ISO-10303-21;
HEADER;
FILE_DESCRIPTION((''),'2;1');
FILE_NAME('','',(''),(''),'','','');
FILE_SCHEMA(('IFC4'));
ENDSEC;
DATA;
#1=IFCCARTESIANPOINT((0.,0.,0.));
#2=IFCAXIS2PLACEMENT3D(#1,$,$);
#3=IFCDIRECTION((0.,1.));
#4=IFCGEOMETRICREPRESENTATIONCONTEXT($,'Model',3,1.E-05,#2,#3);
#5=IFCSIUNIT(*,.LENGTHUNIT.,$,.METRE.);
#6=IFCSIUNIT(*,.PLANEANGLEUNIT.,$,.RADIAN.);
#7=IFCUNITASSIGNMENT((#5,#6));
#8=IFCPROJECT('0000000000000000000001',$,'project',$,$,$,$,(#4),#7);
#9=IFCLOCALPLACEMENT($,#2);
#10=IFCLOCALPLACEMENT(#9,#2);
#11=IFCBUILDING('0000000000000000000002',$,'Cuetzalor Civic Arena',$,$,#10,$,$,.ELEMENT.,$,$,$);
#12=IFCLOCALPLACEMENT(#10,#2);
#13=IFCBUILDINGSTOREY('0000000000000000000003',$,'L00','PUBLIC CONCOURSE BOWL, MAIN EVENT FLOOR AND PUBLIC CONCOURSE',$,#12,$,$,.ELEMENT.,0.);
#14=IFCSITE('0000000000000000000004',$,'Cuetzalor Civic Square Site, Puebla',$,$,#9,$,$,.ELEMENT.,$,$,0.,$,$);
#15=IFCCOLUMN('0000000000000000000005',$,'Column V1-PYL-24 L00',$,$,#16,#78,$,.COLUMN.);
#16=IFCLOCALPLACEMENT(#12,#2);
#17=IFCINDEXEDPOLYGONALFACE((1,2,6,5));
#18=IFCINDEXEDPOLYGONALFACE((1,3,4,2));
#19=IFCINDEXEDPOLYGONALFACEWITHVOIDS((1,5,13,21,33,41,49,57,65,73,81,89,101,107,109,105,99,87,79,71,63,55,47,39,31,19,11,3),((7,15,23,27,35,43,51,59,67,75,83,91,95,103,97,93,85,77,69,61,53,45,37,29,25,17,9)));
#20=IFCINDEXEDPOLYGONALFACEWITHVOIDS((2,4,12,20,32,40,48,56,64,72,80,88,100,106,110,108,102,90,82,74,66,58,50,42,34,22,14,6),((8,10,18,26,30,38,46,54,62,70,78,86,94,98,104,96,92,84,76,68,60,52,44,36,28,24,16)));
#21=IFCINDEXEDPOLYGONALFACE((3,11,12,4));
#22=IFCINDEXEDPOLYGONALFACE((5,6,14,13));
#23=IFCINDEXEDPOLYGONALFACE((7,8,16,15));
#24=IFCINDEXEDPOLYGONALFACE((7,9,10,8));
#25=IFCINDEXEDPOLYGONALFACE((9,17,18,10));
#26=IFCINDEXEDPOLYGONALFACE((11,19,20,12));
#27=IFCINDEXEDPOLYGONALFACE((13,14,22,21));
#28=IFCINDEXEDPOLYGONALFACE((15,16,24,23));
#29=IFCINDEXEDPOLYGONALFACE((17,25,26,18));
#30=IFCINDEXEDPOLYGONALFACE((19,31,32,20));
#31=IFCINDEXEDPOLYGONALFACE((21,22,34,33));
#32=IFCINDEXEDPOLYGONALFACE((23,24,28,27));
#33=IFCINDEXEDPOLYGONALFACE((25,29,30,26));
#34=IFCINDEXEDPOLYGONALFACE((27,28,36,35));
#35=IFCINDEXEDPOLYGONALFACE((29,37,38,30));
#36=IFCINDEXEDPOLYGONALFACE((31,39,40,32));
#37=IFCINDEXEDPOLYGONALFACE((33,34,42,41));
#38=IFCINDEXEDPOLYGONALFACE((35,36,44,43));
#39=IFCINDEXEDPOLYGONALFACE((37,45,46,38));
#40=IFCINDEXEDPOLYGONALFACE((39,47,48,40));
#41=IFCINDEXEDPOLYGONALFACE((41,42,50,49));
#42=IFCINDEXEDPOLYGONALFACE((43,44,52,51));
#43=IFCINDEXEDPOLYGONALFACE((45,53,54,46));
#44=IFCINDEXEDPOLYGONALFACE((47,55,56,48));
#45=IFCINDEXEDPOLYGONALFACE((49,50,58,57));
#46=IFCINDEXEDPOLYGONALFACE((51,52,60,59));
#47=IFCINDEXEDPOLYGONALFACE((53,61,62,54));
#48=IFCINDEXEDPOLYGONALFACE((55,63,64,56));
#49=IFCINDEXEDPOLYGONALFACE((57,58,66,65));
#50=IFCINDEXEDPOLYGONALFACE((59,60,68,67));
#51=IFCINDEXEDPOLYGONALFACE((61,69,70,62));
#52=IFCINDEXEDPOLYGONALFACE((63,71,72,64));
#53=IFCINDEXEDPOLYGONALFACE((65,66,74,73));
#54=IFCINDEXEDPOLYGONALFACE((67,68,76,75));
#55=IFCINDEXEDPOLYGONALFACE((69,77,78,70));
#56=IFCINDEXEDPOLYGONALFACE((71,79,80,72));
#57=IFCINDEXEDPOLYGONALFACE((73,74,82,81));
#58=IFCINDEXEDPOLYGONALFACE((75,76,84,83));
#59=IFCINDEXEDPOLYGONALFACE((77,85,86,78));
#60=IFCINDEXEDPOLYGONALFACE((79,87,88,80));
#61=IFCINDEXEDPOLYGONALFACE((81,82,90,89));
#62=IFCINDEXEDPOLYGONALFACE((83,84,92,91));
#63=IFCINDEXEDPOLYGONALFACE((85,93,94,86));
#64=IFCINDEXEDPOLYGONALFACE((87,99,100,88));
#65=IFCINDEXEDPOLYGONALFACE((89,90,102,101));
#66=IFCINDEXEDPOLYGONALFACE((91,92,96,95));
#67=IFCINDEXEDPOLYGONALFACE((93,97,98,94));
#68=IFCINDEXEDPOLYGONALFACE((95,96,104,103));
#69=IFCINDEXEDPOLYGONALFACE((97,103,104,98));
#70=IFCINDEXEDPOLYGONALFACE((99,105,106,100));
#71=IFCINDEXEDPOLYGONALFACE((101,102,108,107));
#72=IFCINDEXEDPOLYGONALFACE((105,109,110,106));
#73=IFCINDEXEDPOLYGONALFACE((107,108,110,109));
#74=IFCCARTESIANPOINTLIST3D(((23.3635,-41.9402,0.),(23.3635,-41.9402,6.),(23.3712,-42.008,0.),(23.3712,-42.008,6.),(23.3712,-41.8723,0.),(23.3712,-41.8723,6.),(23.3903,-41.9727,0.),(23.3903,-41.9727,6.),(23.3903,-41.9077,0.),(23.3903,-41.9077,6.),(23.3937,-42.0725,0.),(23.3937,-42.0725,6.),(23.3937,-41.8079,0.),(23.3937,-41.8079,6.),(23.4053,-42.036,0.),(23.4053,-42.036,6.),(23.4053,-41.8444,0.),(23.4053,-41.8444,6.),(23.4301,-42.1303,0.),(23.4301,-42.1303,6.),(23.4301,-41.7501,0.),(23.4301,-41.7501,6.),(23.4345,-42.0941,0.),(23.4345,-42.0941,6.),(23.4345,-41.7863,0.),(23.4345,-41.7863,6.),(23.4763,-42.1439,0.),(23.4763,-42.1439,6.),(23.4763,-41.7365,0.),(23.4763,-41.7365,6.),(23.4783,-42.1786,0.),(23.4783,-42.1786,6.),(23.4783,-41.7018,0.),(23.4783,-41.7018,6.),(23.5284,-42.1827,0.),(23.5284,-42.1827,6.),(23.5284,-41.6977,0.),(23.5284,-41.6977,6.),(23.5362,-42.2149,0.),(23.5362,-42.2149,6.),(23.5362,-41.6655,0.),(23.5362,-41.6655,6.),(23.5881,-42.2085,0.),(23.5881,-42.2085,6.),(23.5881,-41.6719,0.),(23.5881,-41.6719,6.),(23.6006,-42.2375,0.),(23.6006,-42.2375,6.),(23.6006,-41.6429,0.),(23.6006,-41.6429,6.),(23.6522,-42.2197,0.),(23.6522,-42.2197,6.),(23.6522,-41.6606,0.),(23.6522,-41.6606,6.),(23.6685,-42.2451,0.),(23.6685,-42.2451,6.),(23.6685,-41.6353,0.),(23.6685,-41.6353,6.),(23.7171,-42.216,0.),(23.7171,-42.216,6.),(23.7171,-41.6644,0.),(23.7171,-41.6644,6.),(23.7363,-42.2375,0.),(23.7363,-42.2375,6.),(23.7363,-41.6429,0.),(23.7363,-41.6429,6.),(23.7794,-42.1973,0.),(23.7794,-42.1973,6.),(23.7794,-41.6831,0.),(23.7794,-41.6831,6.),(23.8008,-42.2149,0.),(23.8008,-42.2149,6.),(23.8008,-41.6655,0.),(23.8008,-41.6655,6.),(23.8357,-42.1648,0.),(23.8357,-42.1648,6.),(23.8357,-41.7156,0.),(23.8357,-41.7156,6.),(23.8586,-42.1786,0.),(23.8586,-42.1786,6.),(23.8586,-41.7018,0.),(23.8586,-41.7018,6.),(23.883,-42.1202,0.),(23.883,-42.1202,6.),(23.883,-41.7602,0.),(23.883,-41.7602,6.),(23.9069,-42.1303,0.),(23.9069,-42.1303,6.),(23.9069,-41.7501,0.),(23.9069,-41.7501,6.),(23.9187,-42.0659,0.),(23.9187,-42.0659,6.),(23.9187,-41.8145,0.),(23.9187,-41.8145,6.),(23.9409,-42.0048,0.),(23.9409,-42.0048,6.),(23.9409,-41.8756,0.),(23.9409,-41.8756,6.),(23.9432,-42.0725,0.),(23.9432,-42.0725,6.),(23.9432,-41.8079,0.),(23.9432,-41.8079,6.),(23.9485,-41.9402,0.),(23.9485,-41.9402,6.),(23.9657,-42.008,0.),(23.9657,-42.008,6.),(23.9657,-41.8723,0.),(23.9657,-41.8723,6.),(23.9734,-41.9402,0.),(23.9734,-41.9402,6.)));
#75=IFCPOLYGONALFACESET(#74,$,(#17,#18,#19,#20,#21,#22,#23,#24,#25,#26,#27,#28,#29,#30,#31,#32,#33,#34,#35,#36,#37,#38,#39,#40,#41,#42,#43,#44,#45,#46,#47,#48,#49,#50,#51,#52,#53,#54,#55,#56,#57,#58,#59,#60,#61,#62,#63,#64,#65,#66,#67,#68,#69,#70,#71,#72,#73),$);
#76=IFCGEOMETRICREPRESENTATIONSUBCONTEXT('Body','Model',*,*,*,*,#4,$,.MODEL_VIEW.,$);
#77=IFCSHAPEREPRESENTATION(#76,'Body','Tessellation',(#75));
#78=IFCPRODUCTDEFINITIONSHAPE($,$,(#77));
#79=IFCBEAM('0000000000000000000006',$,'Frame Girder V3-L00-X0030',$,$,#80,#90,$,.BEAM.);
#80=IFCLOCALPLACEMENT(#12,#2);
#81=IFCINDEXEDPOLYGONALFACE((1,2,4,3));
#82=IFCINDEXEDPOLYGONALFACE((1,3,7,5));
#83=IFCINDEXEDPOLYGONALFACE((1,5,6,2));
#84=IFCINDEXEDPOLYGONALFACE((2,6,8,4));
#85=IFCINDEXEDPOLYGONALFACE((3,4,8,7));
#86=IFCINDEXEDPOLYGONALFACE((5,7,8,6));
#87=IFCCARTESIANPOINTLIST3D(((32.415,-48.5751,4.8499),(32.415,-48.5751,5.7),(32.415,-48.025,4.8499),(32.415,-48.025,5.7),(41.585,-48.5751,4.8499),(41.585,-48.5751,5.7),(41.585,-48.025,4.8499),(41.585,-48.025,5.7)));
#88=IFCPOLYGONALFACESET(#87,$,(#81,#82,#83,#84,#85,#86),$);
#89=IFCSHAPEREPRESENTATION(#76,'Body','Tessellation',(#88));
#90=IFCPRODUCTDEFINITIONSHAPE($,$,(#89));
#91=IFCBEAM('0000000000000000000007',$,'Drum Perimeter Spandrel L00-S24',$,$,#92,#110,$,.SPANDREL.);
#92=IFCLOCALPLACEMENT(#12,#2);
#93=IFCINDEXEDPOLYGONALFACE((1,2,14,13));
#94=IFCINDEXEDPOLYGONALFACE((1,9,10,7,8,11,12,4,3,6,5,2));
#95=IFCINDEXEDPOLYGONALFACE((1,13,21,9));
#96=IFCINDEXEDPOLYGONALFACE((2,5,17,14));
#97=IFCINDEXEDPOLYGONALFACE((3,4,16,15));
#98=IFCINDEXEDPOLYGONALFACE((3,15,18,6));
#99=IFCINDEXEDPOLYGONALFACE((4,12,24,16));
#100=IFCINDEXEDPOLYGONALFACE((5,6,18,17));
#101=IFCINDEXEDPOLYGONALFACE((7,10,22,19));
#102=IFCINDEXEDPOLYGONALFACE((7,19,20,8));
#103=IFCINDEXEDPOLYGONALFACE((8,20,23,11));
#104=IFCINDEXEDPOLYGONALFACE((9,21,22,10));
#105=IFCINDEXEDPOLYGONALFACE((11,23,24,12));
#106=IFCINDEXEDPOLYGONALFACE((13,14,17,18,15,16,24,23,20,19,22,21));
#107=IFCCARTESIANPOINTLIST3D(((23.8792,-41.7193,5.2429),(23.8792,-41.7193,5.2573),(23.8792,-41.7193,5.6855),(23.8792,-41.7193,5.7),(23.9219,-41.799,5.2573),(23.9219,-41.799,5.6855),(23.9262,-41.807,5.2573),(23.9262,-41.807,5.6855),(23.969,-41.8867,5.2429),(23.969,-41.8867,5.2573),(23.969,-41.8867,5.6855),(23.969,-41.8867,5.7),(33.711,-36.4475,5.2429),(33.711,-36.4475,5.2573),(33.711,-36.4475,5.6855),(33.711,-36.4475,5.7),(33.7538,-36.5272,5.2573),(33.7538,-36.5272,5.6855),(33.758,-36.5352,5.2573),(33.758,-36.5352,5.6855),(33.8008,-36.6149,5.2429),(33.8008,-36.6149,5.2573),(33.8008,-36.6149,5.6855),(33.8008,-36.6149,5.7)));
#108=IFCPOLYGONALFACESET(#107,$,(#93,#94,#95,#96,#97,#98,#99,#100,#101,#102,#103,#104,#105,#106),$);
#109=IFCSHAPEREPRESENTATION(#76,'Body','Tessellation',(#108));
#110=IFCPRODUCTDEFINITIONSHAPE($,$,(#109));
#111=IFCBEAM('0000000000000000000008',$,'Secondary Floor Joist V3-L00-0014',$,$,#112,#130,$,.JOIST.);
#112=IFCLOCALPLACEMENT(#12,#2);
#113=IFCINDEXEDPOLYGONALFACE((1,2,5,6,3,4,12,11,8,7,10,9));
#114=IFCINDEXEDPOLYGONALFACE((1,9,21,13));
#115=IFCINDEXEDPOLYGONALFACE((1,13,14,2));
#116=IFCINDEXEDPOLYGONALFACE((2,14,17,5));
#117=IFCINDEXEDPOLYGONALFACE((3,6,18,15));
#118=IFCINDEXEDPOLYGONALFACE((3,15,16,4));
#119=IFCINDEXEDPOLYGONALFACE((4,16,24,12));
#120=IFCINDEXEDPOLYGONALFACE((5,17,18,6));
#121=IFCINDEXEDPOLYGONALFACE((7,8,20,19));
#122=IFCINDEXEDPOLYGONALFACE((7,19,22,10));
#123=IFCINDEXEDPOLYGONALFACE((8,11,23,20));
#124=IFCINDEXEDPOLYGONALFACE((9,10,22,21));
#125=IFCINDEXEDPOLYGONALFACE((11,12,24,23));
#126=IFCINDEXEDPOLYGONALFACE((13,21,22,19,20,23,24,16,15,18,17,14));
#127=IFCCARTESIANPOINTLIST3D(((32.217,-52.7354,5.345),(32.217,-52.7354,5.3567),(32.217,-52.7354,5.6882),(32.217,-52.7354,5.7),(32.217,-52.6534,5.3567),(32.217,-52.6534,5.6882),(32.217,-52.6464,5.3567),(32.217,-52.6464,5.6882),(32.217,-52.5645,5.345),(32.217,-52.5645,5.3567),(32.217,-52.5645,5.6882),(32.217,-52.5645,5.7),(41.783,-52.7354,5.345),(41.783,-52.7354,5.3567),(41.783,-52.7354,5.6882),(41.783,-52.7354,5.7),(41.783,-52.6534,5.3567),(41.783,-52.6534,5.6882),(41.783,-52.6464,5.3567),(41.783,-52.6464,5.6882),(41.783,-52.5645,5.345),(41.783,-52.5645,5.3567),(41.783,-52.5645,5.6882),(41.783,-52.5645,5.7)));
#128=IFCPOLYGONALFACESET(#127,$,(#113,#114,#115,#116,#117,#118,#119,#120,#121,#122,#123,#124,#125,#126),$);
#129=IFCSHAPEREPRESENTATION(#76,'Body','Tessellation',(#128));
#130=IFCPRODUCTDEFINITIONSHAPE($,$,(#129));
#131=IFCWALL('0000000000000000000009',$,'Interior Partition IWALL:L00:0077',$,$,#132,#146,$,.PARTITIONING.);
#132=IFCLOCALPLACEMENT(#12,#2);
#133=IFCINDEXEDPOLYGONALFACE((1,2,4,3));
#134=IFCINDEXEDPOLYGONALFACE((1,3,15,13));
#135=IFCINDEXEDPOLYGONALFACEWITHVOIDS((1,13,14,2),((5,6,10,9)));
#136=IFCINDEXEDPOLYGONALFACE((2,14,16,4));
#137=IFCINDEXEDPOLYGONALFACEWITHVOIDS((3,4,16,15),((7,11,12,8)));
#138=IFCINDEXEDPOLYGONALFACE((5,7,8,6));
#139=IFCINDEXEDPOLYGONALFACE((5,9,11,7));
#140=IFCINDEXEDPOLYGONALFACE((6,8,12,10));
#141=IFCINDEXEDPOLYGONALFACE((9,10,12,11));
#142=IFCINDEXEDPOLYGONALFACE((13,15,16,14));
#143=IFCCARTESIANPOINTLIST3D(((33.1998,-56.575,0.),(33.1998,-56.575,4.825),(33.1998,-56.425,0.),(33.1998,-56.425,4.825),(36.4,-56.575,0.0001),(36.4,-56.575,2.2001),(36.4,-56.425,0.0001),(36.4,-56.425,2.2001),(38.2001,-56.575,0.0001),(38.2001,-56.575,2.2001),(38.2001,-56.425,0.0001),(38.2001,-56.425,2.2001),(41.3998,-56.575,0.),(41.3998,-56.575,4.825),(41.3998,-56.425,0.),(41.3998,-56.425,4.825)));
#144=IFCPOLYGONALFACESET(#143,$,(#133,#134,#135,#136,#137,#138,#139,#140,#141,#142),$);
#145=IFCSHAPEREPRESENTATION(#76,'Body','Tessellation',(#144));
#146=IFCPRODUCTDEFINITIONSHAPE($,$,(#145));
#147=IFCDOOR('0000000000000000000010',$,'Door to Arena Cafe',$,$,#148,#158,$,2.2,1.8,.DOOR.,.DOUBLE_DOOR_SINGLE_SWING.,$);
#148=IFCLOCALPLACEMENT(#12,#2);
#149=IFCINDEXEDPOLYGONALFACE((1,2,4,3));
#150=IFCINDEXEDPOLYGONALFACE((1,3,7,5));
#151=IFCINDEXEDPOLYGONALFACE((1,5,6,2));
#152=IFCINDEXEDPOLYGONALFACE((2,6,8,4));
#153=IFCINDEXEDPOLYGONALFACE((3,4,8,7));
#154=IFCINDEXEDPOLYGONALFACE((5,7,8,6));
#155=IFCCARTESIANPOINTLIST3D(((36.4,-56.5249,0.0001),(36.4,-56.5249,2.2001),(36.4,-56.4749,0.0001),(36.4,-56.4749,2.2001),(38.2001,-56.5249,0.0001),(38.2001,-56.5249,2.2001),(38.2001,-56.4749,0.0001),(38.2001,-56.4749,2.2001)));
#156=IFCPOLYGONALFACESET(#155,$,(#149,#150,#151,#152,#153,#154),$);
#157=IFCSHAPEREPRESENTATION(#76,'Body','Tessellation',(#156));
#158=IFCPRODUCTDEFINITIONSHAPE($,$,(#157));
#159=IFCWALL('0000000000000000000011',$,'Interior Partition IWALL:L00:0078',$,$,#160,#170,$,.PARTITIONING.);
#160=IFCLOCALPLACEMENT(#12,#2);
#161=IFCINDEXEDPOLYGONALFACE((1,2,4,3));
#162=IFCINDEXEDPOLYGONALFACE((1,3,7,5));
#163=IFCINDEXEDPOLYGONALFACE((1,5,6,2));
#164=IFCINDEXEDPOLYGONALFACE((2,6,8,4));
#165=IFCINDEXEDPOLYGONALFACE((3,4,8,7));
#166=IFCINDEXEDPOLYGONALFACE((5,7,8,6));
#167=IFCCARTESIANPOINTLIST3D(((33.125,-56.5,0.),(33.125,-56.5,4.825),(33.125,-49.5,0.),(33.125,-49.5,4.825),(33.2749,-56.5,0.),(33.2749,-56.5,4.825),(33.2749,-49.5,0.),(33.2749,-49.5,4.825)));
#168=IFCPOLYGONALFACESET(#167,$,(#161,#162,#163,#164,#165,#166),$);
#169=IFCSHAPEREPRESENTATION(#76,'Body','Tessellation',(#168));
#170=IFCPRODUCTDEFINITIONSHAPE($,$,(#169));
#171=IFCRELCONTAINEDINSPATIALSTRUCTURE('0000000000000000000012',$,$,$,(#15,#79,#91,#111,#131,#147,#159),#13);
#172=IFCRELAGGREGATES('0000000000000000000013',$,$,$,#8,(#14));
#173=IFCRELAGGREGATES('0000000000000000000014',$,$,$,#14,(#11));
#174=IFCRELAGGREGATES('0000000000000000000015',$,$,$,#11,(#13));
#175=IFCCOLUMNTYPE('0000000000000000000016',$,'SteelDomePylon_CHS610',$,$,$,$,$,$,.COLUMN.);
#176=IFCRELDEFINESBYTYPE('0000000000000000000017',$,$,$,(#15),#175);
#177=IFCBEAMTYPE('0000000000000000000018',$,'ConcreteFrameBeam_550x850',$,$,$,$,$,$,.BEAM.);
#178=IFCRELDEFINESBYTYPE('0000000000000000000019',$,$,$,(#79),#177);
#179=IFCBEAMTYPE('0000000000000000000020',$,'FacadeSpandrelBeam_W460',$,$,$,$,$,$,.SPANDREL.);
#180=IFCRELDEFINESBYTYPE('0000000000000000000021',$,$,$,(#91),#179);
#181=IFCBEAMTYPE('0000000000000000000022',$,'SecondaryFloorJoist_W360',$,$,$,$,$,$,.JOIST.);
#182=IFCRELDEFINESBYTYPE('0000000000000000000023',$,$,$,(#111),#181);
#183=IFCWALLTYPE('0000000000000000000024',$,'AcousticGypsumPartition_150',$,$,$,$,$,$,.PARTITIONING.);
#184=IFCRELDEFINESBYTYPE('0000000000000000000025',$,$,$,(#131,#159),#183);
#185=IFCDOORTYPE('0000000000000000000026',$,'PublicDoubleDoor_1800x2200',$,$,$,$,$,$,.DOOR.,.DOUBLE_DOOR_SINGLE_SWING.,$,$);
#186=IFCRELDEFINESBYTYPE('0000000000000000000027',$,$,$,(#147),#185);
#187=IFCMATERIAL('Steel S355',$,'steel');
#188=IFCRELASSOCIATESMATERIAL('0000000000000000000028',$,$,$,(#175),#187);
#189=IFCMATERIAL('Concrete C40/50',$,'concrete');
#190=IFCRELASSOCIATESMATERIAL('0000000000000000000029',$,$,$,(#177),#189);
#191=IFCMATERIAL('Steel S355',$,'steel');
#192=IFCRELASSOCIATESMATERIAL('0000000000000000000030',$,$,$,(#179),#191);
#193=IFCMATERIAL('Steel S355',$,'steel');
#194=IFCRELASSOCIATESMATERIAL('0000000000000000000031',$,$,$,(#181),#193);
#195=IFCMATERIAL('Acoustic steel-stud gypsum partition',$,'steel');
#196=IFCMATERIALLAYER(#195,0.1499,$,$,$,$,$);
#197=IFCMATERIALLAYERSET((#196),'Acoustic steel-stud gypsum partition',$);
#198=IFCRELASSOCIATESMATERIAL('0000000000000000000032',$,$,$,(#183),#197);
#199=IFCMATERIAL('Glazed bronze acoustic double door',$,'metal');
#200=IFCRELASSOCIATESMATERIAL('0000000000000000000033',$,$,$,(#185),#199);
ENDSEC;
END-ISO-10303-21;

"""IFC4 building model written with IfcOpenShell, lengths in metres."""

from ifc_helpers import new_model, si_unit, direction, frame, frame_2d, origin, origin_2d, place, context, subcontext, project, spatial, rectangle, hollow_circle, i_section, extrude, material, layer, layer_set, material_profile, profile_set, type_object, element, fill, save


model = new_model("IFC4")

# Units and contexts
model_context = context("Model", 3, precision=1e-05, world=origin(), true_north=direction((0.0, 1.0)))
body_context = subcontext(model_context, "Body", "Model", "MODEL_VIEW")
ifc_project = project(units=[si_unit("LENGTHUNIT", "METRE"), si_unit("PLANEANGLEUNIT", "RADIAN")], contexts=[model_context])

# Site, building, storey
site_placement = place(None, origin())
site = spatial("IfcSite", under=ifc_project, at=site_placement, Name="Cuetzalor Civic Square Site, Puebla", CompositionType="ELEMENT", RefElevation=0.0)
building_placement = place(site_placement, origin())
building = spatial("IfcBuilding", under=site, at=building_placement, Name="Cuetzalor Civic Arena", CompositionType="ELEMENT")
storey_placement = place(building_placement, origin())
storey = spatial("IfcBuildingStorey", under=building, at=storey_placement, Name="L00", Description="PUBLIC CONCOURSE BOWL, MAIN EVENT FLOOR AND PUBLIC CONCOURSE", CompositionType="ELEMENT", Elevation=0.0)

# Column
ifc_material_1 = material(Name="Steel S355", Category="steel")
ifc_material_profile_1 = material_profile(ifc_material_1, hollow_circle(Radius=0.3049, WallThickness=0.0249, at=origin_2d()), Name="CHS 610x25")
ifc_profile_set_1 = profile_set([ifc_material_profile_1], Name="Steel S355")
column_type_1 = type_object("IfcColumnType", Name="SteelDomePylon_CHS610", PredefinedType="COLUMN", material=ifc_profile_set_1)
column_1_placement = place(storey_placement, frame((23.6685, -41.9402, 0.0), z_axis=(0.0, 0.0, 1.0), x_axis=(1.0, 0.0, 0.0)))
element("IfcColumn", 1, at=column_1_placement, inside=storey, type_object=column_type_1, Name="Column V1-PYL-24 L00", PredefinedType="COLUMN", context=body_context, shape_type="SweptSolid", body=[
    extrude(hollow_circle(Radius=0.3049, WallThickness=0.0249, at=origin_2d()), origin(), (0.0, 0.0, 1.0), 6.0),
])

# Beams
ifc_material_2 = material(Name="Concrete C40/50", Category="concrete")
ifc_material_profile_2 = material_profile(ifc_material_2, rectangle(XDim=0.55, YDim=0.8501, at=origin_2d()), Name="RC 550x850")
ifc_profile_set_2 = profile_set([ifc_material_profile_2], Name="Concrete C40/50")
beam_type_1 = type_object("IfcBeamType", Name="ConcreteFrameBeam_550x850", PredefinedType="BEAM", material=ifc_profile_set_2)
beam_1_placement = place(storey_placement, frame((32.415, -48.3, 5.2749), z_axis=(1.0, 0.0, 0.0), x_axis=(0.0, 1.0, 0.0)))
element("IfcBeam", 2, at=beam_1_placement, inside=storey, type_object=beam_type_1, Name="Frame Girder V3-L00-X0030", PredefinedType="BEAM", context=body_context, shape_type="SweptSolid", body=[
    extrude(rectangle(XDim=0.55, YDim=0.8501, at=origin_2d()), origin(), (0.0, 0.0, 1.0), 9.1699),
])
ifc_material_3 = material(Name="Steel S355", Category="steel")
ifc_material_profile_3 = material_profile(ifc_material_3, i_section(OverallWidth=0.1899, OverallDepth=0.457, WebThickness=0.009, FlangeThickness=0.0144, at=origin_2d()), Name="W460x74")
ifc_profile_set_3 = profile_set([ifc_material_profile_3], Name="Steel S355")
beam_type_2 = type_object("IfcBeamType", Name="FacadeSpandrelBeam_W460", PredefinedType="SPANDREL", material=ifc_profile_set_3)
beam_2_placement = place(storey_placement, frame((23.9241, -41.803, 5.4714), z_axis=(0.881305, 0.472549, 0.0), x_axis=(-0.472549, 0.881305, 0.0)))
element("IfcBeam", 3, at=beam_2_placement, inside=storey, type_object=beam_type_2, Name="Drum Perimeter Spandrel L00-S24", PredefinedType="SPANDREL", context=body_context, shape_type="SweptSolid", body=[
    extrude(i_section(OverallWidth=0.1899, OverallDepth=0.457, WebThickness=0.009, FlangeThickness=0.0144, at=origin_2d()), origin(), (0.0, 0.0, 1.0), 11.156),
])
ifc_material_4 = material(Name="Steel S355", Category="steel")
ifc_material_profile_4 = material_profile(ifc_material_4, i_section(OverallWidth=0.1709, OverallDepth=0.355, WebThickness=0.0071, FlangeThickness=0.0117, at=origin_2d()), Name="W360x51")
ifc_profile_set_4 = profile_set([ifc_material_profile_4], Name="Steel S355")
beam_type_3 = type_object("IfcBeamType", Name="SecondaryFloorJoist_W360", PredefinedType="JOIST", material=ifc_profile_set_4)
beam_3_placement = place(storey_placement, frame((32.217, -52.6499, 5.5225), z_axis=(1.0, 0.0, 0.0), x_axis=(0.0, 1.0, 0.0)))
element("IfcBeam", 4, at=beam_3_placement, inside=storey, type_object=beam_type_3, Name="Secondary Floor Joist V3-L00-0014", PredefinedType="JOIST", context=body_context, shape_type="SweptSolid", body=[
    extrude(i_section(OverallWidth=0.1709, OverallDepth=0.355, WebThickness=0.0071, FlangeThickness=0.0117, at=origin_2d()), origin(), (0.0, 0.0, 1.0), 9.5659),
])

# Wall, opening, door
ifc_material_5 = material(Name="Acoustic steel-stud gypsum partition", Category="steel")
ifc_layer_1 = layer(ifc_material_5, 0.1499)
ifc_layer_set_1 = layer_set([ifc_layer_1], Name="Acoustic steel-stud gypsum partition")
wall_type_1 = type_object("IfcWallType", Name="AcousticGypsumPartition_150", PredefinedType="PARTITIONING", material=ifc_layer_set_1)
wall_1_placement = place(storey_placement, frame((41.3999, -56.5, 0.0), z_axis=(0.0, 0.0, 1.0), x_axis=(-1.0, 0.0, 0.0)))
wall_1 = element("IfcWall", 5, at=wall_1_placement, inside=storey, type_object=wall_type_1, Name="Interior Partition IWALL:L00:0077", PredefinedType="PARTITIONING", context=body_context, shape_type="SweptSolid", body=[
    extrude(rectangle(XDim=8.2, YDim=0.1499, at=frame_2d((4.1001, 0.0))), origin(), (0.0, 0.0, 1.0), 4.825),
])
opening_placement = place(wall_1_placement, frame((3.2, 0.0, 0.0)))
opening = element("IfcOpeningElement", 6, at=opening_placement, cuts=wall_1, PredefinedType="OPENING", context=body_context, shape_type="SweptSolid", body=[
    extrude(rectangle(XDim=1.8, YDim=2.2, at=frame_2d((0.8999, 1.1001))), frame((0.0, 0.085, 0.0), z_axis=(0.0, -1.0, 0.0), x_axis=(1.0, 0.0, 0.0)), (0.0, 0.0, 1.0), 0.1699),
])
ifc_material_6 = material(Name="Glazed bronze acoustic double door", Category="metal")
door_type = type_object("IfcDoorType", Name="PublicDoubleDoor_1800x2200", OperationType="DOUBLE_DOOR_SINGLE_SWING", PredefinedType="DOOR", material=ifc_material_6)
door_placement = place(opening_placement, origin())
door = element("IfcDoor", 7, at=door_placement, inside=storey, type_object=door_type, Name="Door to Arena Cafe", OperationType="DOUBLE_DOOR_SINGLE_SWING", OverallHeight=2.2, OverallWidth=1.8, PredefinedType="DOOR", context=body_context, shape_type="SweptSolid", body=[
    extrude(rectangle(XDim=1.8, YDim=2.2, at=frame_2d((0.8999, 1.1001))), frame((0.0, 0.0249, 0.0), z_axis=(0.0, -1.0, 0.0), x_axis=(1.0, 0.0, 0.0)), (0.0, 0.0, 1.0), 0.05),
])
fill(opening, door)

# Wall
wall_2_placement = place(storey_placement, frame((33.2, -56.5, 0.0), z_axis=(0.0, 0.0, 1.0), x_axis=(0.0, 1.0, 0.0)))
element("IfcWall", 8, at=wall_2_placement, inside=storey, type_object=wall_type_1, Name="Interior Partition IWALL:L00:0078", PredefinedType="PARTITIONING", context=body_context, shape_type="SweptSolid", body=[
    extrude(rectangle(XDim=7.0, YDim=0.1499, at=frame_2d((3.5, 0.0))), origin(), (0.0, 0.0, 1.0), 4.825),
])

save(model, "model.ifc")
